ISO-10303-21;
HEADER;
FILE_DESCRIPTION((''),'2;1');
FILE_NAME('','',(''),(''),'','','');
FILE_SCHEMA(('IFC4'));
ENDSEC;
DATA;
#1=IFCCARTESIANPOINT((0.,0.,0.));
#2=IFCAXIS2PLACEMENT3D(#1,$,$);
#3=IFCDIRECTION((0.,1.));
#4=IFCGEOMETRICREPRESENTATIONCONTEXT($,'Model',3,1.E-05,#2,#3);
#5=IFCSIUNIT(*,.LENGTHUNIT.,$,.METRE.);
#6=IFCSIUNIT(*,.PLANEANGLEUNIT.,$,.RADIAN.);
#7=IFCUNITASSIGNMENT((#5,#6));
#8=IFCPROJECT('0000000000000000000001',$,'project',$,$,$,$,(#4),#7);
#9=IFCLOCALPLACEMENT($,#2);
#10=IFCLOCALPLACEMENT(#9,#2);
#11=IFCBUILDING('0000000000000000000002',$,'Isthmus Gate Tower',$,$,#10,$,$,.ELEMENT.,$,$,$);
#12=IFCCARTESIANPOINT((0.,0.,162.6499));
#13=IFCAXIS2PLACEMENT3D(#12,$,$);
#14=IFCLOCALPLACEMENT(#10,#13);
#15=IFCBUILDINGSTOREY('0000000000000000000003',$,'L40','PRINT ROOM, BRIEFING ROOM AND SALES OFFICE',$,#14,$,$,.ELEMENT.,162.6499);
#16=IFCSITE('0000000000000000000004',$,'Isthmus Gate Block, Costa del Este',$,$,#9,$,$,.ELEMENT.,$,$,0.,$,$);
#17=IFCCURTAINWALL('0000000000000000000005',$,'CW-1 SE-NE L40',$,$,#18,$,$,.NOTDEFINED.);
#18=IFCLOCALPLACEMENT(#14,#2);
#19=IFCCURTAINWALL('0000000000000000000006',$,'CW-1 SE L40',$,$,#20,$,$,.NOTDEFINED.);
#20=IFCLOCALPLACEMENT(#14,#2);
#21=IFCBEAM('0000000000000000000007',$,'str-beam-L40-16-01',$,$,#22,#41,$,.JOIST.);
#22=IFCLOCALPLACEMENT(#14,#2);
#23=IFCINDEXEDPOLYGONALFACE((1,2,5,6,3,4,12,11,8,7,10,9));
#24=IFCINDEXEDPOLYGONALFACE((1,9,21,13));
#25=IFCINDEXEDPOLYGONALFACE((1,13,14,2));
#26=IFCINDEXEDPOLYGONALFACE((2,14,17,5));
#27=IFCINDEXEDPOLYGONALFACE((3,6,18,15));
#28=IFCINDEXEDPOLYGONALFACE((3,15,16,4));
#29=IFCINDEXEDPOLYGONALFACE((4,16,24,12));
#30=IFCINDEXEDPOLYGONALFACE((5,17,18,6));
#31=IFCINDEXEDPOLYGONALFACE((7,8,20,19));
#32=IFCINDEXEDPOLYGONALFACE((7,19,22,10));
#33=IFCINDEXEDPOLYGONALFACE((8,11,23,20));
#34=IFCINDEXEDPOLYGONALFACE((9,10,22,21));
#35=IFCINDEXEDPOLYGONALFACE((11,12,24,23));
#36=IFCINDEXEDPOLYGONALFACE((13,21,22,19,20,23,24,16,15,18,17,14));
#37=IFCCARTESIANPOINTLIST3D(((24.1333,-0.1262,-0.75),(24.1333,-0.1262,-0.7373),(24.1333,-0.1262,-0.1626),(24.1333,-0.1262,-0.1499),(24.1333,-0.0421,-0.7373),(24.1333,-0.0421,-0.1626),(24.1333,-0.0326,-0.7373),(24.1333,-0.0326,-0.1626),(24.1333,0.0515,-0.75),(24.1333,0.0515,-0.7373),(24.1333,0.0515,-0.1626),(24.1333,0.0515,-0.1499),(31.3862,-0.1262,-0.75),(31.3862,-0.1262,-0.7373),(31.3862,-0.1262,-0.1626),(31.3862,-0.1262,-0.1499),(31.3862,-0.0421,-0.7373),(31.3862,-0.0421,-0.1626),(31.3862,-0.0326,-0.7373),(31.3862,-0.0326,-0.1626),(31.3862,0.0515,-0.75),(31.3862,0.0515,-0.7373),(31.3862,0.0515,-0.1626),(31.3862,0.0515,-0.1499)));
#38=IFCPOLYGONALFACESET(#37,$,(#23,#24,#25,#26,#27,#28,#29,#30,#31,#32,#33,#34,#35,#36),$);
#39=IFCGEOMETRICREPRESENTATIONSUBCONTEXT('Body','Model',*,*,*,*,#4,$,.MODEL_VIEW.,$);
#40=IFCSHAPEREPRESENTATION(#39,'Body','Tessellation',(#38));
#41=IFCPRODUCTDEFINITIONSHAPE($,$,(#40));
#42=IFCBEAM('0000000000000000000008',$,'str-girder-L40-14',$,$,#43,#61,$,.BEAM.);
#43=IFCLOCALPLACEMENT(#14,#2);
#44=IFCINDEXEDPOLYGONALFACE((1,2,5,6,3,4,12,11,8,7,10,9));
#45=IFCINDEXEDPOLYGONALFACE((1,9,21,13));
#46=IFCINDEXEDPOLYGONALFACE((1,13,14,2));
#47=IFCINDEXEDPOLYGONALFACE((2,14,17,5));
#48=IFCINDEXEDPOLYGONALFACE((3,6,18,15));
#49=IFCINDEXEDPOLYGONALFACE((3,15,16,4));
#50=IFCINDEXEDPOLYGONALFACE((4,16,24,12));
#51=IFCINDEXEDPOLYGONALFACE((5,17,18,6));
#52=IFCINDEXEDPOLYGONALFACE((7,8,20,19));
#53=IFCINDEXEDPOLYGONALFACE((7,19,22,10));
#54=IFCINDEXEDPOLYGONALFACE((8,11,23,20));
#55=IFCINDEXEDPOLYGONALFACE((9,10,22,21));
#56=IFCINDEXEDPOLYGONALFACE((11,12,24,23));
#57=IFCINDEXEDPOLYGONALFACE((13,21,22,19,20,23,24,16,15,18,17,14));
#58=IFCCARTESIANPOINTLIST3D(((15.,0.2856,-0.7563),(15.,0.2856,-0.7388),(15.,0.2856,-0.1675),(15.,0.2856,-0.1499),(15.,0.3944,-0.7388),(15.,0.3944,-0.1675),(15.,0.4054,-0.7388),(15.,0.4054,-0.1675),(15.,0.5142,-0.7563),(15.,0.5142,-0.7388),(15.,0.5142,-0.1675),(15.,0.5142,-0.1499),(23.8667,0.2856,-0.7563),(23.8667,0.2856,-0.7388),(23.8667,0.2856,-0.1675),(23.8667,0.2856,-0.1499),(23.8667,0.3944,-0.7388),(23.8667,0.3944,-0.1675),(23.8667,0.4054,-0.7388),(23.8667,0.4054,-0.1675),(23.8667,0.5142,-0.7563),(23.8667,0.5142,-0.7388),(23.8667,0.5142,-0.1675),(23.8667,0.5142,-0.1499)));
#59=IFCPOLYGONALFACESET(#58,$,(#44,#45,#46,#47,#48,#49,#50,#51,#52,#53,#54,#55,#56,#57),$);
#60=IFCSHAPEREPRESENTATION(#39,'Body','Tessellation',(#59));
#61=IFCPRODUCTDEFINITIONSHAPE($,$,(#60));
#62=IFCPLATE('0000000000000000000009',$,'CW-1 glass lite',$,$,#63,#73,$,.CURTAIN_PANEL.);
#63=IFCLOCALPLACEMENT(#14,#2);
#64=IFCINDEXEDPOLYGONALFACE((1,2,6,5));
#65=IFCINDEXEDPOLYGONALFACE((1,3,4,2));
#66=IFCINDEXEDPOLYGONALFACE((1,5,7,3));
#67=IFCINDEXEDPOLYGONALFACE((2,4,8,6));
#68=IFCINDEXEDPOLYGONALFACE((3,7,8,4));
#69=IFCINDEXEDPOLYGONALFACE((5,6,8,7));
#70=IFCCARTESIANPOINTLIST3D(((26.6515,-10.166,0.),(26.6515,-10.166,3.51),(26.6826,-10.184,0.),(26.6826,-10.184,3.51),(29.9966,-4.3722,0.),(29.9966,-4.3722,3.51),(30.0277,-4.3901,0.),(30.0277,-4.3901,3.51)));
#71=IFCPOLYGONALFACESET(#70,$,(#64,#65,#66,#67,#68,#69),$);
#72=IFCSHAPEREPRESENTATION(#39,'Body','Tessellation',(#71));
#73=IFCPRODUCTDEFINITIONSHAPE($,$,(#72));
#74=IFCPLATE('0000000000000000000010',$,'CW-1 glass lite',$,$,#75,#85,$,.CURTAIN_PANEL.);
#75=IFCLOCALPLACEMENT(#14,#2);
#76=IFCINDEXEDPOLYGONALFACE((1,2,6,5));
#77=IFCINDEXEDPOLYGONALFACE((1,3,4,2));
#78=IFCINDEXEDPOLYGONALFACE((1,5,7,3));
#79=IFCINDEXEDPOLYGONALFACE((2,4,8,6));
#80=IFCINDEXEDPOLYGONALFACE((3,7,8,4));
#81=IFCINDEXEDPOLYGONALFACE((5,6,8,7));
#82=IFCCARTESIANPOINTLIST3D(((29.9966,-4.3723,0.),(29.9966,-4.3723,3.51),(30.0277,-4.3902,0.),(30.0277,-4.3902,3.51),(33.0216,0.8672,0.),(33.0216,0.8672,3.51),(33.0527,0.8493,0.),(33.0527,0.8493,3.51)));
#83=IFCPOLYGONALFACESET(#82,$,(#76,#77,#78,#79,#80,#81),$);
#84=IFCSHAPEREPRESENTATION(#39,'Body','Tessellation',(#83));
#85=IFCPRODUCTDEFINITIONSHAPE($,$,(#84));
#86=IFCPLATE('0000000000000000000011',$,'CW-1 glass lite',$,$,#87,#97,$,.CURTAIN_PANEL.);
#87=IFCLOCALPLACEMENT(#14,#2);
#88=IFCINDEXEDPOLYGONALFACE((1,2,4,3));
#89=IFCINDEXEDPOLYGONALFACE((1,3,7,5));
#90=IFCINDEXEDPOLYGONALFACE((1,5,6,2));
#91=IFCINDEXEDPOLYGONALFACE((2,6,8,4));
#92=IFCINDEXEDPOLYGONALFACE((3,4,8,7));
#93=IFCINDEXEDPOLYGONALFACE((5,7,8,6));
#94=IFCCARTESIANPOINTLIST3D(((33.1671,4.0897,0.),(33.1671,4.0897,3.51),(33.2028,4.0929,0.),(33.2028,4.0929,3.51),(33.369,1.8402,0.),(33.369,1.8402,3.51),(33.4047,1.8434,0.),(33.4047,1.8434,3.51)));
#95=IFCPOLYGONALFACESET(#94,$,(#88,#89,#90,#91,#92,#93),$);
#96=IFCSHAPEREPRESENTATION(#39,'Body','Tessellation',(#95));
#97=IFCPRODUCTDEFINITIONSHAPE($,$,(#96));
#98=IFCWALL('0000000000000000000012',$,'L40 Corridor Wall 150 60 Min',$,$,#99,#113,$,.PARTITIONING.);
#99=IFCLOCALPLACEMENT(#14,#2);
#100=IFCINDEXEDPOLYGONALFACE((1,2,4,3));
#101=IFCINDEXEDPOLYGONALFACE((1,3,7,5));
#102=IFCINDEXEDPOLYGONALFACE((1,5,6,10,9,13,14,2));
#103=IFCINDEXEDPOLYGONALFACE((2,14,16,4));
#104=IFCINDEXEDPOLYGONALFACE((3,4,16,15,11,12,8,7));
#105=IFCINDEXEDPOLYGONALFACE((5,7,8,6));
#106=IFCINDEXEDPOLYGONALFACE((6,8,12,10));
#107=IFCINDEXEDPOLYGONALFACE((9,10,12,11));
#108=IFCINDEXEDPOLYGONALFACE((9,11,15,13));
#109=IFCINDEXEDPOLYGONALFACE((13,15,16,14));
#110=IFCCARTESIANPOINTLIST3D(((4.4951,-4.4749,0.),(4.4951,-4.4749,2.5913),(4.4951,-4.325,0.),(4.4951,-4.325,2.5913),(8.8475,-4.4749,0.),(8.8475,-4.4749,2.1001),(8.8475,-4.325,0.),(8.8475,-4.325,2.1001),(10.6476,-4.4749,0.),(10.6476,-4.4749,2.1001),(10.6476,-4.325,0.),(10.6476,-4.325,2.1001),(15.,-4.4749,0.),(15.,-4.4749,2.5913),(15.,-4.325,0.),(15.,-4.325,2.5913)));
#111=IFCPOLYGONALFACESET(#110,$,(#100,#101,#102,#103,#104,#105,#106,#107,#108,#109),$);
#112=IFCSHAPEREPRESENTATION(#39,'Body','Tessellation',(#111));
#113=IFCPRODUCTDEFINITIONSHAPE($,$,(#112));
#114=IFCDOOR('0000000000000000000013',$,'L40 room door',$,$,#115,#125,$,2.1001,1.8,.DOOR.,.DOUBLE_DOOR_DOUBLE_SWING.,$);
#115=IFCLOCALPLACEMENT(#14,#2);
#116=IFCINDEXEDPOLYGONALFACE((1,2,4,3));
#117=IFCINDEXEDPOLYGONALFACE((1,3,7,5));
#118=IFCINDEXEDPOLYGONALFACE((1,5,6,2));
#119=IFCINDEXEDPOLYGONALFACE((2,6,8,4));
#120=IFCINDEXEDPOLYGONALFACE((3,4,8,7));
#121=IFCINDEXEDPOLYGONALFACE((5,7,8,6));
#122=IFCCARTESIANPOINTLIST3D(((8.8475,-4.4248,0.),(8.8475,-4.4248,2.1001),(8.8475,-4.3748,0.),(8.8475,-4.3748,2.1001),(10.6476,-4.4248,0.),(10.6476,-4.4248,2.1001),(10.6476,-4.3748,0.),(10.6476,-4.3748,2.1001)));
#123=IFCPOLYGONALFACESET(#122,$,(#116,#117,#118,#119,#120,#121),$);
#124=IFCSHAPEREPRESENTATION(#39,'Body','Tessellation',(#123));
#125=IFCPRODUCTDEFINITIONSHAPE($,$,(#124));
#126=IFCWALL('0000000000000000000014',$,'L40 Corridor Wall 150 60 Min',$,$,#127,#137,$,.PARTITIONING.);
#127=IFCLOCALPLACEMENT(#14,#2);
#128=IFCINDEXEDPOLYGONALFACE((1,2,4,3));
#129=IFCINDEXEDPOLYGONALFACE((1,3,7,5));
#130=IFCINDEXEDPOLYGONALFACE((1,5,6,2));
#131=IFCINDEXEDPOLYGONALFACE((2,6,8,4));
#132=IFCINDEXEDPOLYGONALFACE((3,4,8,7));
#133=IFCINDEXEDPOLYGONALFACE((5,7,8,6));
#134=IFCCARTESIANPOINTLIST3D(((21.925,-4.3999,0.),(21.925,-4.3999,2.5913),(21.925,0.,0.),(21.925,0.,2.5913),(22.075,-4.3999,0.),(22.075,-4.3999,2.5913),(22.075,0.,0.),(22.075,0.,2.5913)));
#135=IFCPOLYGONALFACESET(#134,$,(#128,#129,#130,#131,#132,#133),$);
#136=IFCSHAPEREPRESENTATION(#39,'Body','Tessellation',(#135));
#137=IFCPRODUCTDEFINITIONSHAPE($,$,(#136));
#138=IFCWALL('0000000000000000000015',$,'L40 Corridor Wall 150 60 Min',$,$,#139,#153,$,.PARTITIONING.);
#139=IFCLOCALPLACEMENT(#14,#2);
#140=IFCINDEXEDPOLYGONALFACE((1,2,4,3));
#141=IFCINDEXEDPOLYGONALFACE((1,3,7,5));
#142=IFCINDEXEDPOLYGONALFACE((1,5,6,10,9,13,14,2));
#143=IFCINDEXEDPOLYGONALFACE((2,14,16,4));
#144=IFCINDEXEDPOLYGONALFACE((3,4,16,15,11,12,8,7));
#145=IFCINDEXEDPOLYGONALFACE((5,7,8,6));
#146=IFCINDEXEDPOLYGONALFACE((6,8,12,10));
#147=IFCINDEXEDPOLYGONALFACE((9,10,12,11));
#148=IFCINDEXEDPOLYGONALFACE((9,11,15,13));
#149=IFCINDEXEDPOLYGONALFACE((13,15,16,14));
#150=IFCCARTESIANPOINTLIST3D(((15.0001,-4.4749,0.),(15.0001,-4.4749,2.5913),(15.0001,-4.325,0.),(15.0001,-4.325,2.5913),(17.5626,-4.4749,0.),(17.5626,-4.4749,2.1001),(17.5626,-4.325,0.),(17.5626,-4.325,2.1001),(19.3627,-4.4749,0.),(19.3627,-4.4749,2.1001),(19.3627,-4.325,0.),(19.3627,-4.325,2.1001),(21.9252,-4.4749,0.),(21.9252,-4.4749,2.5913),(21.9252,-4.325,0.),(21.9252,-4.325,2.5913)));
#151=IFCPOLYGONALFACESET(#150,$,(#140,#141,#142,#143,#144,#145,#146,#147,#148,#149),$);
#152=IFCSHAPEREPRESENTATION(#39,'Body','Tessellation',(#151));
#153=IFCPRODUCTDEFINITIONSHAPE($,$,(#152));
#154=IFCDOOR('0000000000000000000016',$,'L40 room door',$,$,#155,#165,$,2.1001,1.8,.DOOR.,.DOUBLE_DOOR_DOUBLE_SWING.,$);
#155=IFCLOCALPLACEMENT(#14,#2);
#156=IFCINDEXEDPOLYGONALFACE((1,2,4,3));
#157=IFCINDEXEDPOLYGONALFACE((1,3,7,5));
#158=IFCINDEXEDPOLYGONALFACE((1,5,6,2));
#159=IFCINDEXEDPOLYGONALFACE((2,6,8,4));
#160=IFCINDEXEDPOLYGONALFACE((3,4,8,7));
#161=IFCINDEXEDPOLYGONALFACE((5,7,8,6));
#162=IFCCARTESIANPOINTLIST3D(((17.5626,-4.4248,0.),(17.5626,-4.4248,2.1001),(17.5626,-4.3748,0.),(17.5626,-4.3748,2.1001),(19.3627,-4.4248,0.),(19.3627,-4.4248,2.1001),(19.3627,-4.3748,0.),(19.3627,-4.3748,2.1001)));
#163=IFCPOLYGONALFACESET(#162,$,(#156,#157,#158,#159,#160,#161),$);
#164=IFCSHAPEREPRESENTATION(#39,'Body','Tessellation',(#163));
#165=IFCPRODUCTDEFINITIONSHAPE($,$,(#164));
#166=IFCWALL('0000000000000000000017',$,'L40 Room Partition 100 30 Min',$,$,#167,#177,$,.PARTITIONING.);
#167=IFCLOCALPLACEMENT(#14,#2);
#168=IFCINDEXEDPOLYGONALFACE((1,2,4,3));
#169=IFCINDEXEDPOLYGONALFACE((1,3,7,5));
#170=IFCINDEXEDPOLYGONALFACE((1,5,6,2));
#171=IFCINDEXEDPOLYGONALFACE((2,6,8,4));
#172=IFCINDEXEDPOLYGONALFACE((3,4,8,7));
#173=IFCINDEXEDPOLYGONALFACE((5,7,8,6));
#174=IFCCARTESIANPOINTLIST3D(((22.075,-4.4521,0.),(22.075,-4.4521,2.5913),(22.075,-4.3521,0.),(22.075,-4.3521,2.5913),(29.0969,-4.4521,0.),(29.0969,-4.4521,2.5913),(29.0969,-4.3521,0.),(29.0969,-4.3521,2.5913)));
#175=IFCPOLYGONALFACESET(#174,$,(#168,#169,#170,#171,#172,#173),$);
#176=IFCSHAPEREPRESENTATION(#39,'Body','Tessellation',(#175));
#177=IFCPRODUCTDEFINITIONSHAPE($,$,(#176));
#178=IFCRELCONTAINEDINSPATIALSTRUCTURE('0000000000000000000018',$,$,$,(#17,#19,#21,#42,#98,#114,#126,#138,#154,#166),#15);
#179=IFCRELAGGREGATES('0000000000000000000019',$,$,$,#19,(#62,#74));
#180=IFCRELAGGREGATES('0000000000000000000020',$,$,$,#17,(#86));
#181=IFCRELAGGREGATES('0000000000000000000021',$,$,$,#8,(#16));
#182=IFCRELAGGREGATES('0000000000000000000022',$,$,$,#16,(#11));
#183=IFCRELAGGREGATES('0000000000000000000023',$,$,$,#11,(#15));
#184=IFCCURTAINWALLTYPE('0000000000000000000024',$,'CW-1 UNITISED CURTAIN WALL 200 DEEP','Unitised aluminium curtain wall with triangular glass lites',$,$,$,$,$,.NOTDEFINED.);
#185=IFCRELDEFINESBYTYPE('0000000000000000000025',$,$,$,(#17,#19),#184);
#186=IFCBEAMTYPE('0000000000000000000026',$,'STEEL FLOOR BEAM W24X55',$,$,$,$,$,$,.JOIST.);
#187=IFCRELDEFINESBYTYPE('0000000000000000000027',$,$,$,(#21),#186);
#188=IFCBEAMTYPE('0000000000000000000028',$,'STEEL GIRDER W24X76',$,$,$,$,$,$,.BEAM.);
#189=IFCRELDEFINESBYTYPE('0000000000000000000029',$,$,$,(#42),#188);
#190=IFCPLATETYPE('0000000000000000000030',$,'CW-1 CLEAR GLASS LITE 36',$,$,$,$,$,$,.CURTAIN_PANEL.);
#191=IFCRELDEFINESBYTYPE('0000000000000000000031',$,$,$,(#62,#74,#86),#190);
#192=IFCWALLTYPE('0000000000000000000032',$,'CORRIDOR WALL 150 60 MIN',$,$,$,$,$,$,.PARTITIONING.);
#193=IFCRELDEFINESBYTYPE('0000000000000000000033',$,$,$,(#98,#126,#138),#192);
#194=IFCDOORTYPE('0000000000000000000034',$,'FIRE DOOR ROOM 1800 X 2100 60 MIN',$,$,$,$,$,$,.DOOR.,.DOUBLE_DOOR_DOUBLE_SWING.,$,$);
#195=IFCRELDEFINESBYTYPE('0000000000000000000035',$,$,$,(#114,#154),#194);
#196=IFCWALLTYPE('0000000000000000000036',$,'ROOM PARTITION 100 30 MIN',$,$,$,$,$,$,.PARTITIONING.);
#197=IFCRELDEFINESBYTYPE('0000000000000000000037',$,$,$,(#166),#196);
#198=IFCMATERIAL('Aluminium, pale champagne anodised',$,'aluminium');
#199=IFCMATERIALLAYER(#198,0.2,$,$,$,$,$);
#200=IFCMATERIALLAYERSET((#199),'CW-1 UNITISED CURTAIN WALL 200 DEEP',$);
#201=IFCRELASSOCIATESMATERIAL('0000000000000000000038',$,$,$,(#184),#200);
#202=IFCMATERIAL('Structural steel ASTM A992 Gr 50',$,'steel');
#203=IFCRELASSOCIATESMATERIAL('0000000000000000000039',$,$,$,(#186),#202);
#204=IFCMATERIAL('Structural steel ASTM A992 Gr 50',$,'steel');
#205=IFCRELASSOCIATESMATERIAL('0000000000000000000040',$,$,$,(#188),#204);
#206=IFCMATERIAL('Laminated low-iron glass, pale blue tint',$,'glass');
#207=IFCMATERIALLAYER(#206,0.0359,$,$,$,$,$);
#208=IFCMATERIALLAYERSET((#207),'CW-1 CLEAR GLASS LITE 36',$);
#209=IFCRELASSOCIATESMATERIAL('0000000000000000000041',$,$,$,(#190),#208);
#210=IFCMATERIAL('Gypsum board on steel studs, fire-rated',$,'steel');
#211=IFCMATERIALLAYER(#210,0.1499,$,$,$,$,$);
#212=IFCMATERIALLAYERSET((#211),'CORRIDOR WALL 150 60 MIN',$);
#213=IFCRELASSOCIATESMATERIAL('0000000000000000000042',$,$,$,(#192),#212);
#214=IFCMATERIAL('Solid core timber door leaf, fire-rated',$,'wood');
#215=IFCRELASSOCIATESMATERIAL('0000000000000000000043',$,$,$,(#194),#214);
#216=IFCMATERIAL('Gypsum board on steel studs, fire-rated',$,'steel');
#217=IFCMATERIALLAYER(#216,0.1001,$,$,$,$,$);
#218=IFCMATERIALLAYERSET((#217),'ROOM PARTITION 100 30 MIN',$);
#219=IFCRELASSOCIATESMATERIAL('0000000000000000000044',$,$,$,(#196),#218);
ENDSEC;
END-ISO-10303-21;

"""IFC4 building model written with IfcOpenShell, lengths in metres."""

from ifc_helpers import new_model, si_unit, direction, frame, frame_2d, origin, origin_2d, place, context, subcontext, project, spatial, rectangle, i_section, extrude, material, layer, layer_set, material_profile, profile_set, type_object, element, fill, aggregate, save


model = new_model("IFC4")

# Units and contexts
model_context = context("Model", 3, precision=1e-05, world=origin(), true_north=direction((0.0, 1.0)))
body_context = subcontext(model_context, "Body", "Model", "MODEL_VIEW")
ifc_project = project(units=[si_unit("LENGTHUNIT", "METRE"), si_unit("PLANEANGLEUNIT", "RADIAN")], contexts=[model_context])

# Site, building, storey
site_placement = place(None, origin())
site = spatial("IfcSite", under=ifc_project, at=site_placement, Name="Isthmus Gate Block, Costa del Este", CompositionType="ELEMENT", RefElevation=0.0)
building_placement = place(site_placement, origin())
building = spatial("IfcBuilding", under=site, at=building_placement, Name="Isthmus Gate Tower", CompositionType="ELEMENT")
storey_placement = place(building_placement, frame((0.0, 0.0, 162.6499)))
storey = spatial("IfcBuildingStorey", under=building, at=storey_placement, Name="L40", Description="PRINT ROOM, BRIEFING ROOM AND SALES OFFICE", CompositionType="ELEMENT", Elevation=162.6499)

# Curtain walls
ifc_material_1 = material(Name="Aluminium, pale champagne anodised", Category="aluminium")
ifc_layer_1 = layer(ifc_material_1, 0.2)
ifc_layer_set_1 = layer_set([ifc_layer_1], Name="CW-1 UNITISED CURTAIN WALL 200 DEEP")
curtain_wall_type = type_object("IfcCurtainWallType", Name="CW-1 UNITISED CURTAIN WALL 200 DEEP", Description="Unitised aluminium curtain wall with triangular glass lites", PredefinedType="NOTDEFINED", material=ifc_layer_set_1)
curtain_wall_1_placement = place(storey_placement, origin())
curtain_wall_1 = element("IfcCurtainWall", 1, at=curtain_wall_1_placement, inside=storey, type_object=curtain_wall_type, Name="CW-1 SE-NE L40", PredefinedType="NOTDEFINED")
curtain_wall_2_placement = place(storey_placement, origin())
curtain_wall_2 = element("IfcCurtainWall", 2, at=curtain_wall_2_placement, inside=storey, type_object=curtain_wall_type, Name="CW-1 SE L40", PredefinedType="NOTDEFINED")

# Beams
ifc_material_2 = material(Name="Structural steel ASTM A992 Gr 50", Category="steel")
ifc_material_profile_1 = material_profile(ifc_material_2, i_section(OverallWidth=0.1777, OverallDepth=0.6001, WebThickness=0.0095, FlangeThickness=0.0127, at=origin_2d()), Name="W24X55")
ifc_profile_set_1 = profile_set([ifc_material_profile_1], Name="Structural steel ASTM A992 Gr 50")
beam_type_1 = type_object("IfcBeamType", Name="STEEL FLOOR BEAM W24X55", PredefinedType="JOIST", material=ifc_profile_set_1)
beam_1_placement = place(storey_placement, frame((24.1333, -0.0374, -0.45), z_axis=(1.0, 0.0, 0.0), x_axis=(0.0, 1.0, 0.0)))
element("IfcBeam", 3, at=beam_1_placement, inside=storey, type_object=beam_type_1, Name="str-beam-L40-16-01", PredefinedType="JOIST", context=body_context, shape_type="SweptSolid", body=[
    extrude(i_section(OverallWidth=0.1777, OverallDepth=0.6001, WebThickness=0.0095, FlangeThickness=0.0127, at=origin_2d()), origin(), (0.0, 0.0, 1.0), 7.2529),
])
ifc_material_3 = material(Name="Structural steel ASTM A992 Gr 50", Category="steel")
ifc_material_profile_2 = material_profile(ifc_material_3, i_section(OverallWidth=0.2285, OverallDepth=0.6064, WebThickness=0.011, FlangeThickness=0.0176, at=origin_2d()), Name="W24X76")
ifc_profile_set_2 = profile_set([ifc_material_profile_2], Name="Structural steel ASTM A992 Gr 50")
beam_type_2 = type_object("IfcBeamType", Name="STEEL GIRDER W24X76", PredefinedType="BEAM", material=ifc_profile_set_2)
beam_2_placement = place(storey_placement, frame((15.0, 0.3999, -0.4531), z_axis=(1.0, 0.0, 0.0), x_axis=(0.0, 1.0, 0.0)))
element("IfcBeam", 4, at=beam_2_placement, inside=storey, type_object=beam_type_2, Name="str-girder-L40-14", PredefinedType="BEAM", context=body_context, shape_type="SweptSolid", body=[
    extrude(i_section(OverallWidth=0.2285, OverallDepth=0.6064, WebThickness=0.011, FlangeThickness=0.0176, at=origin_2d()), origin(), (0.0, 0.0, 1.0), 8.8667),
])

# Plates
ifc_material_4 = material(Name="Laminated low-iron glass, pale blue tint", Category="glass")
ifc_layer_2 = layer(ifc_material_4, 0.0359)
ifc_layer_set_2 = layer_set([ifc_layer_2], Name="CW-1 CLEAR GLASS LITE 36")
plate_type = type_object("IfcPlateType", Name="CW-1 CLEAR GLASS LITE 36", PredefinedType="CURTAIN_PANEL", material=ifc_layer_set_2)
plate_1_placement = place(storey_placement, frame((28.3396, -7.2781, 0.0), z_axis=(0.0, 0.0, 1.0), x_axis=(0.5, 0.866025, 0.0)))
plate_1 = element("IfcPlate", 5, at=plate_1_placement, type_object=plate_type, Name="CW-1 glass lite", PredefinedType="CURTAIN_PANEL", context=body_context, shape_type="SweptSolid", body=[
    extrude(rectangle(XDim=6.6902, YDim=0.0359, at=origin_2d()), origin(), (0.0, 0.0, 1.0), 3.51),
])
plate_2_placement = place(storey_placement, frame((31.5247, -1.7615, 0.0), z_axis=(0.0, 0.0, 1.0), x_axis=(0.5, 0.866025, 0.0)))
plate_2 = element("IfcPlate", 6, at=plate_2_placement, type_object=plate_type, Name="CW-1 glass lite", PredefinedType="CURTAIN_PANEL", context=body_context, shape_type="SweptSolid", body=[
    extrude(rectangle(XDim=6.05, YDim=0.0359, at=origin_2d()), origin(), (0.0, 0.0, 1.0), 3.51),
])
aggregate(curtain_wall_2, [plate_1, plate_2])
plate_3_placement = place(storey_placement, frame((33.2859, 2.9666, 0.0), z_axis=(0.0, 0.0, 1.0), x_axis=(-0.089397, 0.995996, 0.0)))
plate_3 = element("IfcPlate", 7, at=plate_3_placement, type_object=plate_type, Name="CW-1 glass lite", PredefinedType="CURTAIN_PANEL", context=body_context, shape_type="SweptSolid", body=[
    extrude(rectangle(XDim=2.2585, YDim=0.0359, at=origin_2d()), origin(), (0.0, 0.0, 1.0), 3.51),
])
aggregate(curtain_wall_1, [plate_3])

# Wall, opening, door
ifc_material_5 = material(Name="Gypsum board on steel studs, fire-rated", Category="steel")
ifc_layer_3 = layer(ifc_material_5, 0.1499)
ifc_layer_set_3 = layer_set([ifc_layer_3], Name="CORRIDOR WALL 150 60 MIN")
wall_type_1 = type_object("IfcWallType", Name="CORRIDOR WALL 150 60 MIN", PredefinedType="PARTITIONING", material=ifc_layer_set_3)
wall_1_placement = place(storey_placement, frame((15.0, -4.3999, 0.0), z_axis=(0.0, 0.0, 1.0), x_axis=(-1.0, 0.0, 0.0)))
wall_1 = element("IfcWall", 8, at=wall_1_placement, inside=storey, type_object=wall_type_1, Name="L40 Corridor Wall 150 60 Min", PredefinedType="PARTITIONING", context=body_context, shape_type="SweptSolid", body=[
    extrude(rectangle(XDim=10.5049, YDim=0.1499, at=frame_2d((5.2524, 0.0))), origin(), (0.0, 0.0, 1.0), 2.5913),
])
opening_1_placement = place(wall_1_placement, frame((4.3525, 0.0, 0.0)))
opening_1 = element("IfcOpeningElement", 9, at=opening_1_placement, cuts=wall_1, PredefinedType="OPENING", context=body_context, shape_type="SweptSolid", body=[
    extrude(rectangle(XDim=1.8, YDim=2.1001, at=frame_2d((0.8999, 1.05))), frame((0.0, 0.085, 0.0), z_axis=(0.0, -1.0, 0.0), x_axis=(1.0, 0.0, 0.0)), (0.0, 0.0, 1.0), 0.1699),
])
ifc_material_6 = material(Name="Solid core timber door leaf, fire-rated", Category="wood")
door_type = type_object("IfcDoorType", Name="FIRE DOOR ROOM 1800 X 2100 60 MIN", OperationType="DOUBLE_DOOR_DOUBLE_SWING", PredefinedType="DOOR", material=ifc_material_6)
door_1_placement = place(opening_1_placement, origin())
door_1 = element("IfcDoor", 10, at=door_1_placement, inside=storey, type_object=door_type, Name="L40 room door", OperationType="DOUBLE_DOOR_DOUBLE_SWING", OverallHeight=2.1001, OverallWidth=1.8, PredefinedType="DOOR", context=body_context, shape_type="SweptSolid", body=[
    extrude(rectangle(XDim=1.8, YDim=2.1001, at=frame_2d((0.8999, 1.05))), frame((0.0, 0.0249, 0.0), z_axis=(0.0, -1.0, 0.0), x_axis=(1.0, 0.0, 0.0)), (0.0, 0.0, 1.0), 0.05),
])
fill(opening_1, door_1)

# Wall
wall_2_placement = place(storey_placement, frame((22.0, 0.0, 0.0), z_axis=(0.0, 0.0, 1.0), x_axis=(0.0, -1.0, 0.0)))
element("IfcWall", 11, at=wall_2_placement, inside=storey, type_object=wall_type_1, Name="L40 Corridor Wall 150 60 Min", PredefinedType="PARTITIONING", context=body_context, shape_type="SweptSolid", body=[
    extrude(rectangle(XDim=4.3999, YDim=0.1499, at=frame_2d((2.2, 0.0))), origin(), (0.0, 0.0, 1.0), 2.5913),
])

# Wall, opening, door
wall_3_placement = place(storey_placement, frame((21.925, -4.3999, 0.0), z_axis=(0.0, 0.0, 1.0), x_axis=(-1.0, 0.0, 0.0)))
wall_3 = element("IfcWall", 12, at=wall_3_placement, inside=storey, type_object=wall_type_1, Name="L40 Corridor Wall 150 60 Min", PredefinedType="PARTITIONING", context=body_context, shape_type="SweptSolid", body=[
    extrude(rectangle(XDim=6.925, YDim=0.1499, at=frame_2d((3.4624, 0.0))), origin(), (0.0, 0.0, 1.0), 2.5913),
])
opening_2_placement = place(wall_3_placement, frame((2.5625, 0.0, 0.0)))
opening_2 = element("IfcOpeningElement", 13, at=opening_2_placement, cuts=wall_3, PredefinedType="OPENING", context=body_context, shape_type="SweptSolid", body=[
    extrude(rectangle(XDim=1.8, YDim=2.1001, at=frame_2d((0.8999, 1.05))), frame((0.0, 0.085, 0.0), z_axis=(0.0, -1.0, 0.0), x_axis=(1.0, 0.0, 0.0)), (0.0, 0.0, 1.0), 0.1699),
])
door_2_placement = place(opening_2_placement, origin())
door_2 = element("IfcDoor", 14, at=door_2_placement, inside=storey, type_object=door_type, Name="L40 room door", OperationType="DOUBLE_DOOR_DOUBLE_SWING", OverallHeight=2.1001, OverallWidth=1.8, PredefinedType="DOOR", context=body_context, shape_type="SweptSolid", body=[
    extrude(rectangle(XDim=1.8, YDim=2.1001, at=frame_2d((0.8999, 1.05))), frame((0.0, 0.0249, 0.0), z_axis=(0.0, -1.0, 0.0), x_axis=(1.0, 0.0, 0.0)), (0.0, 0.0, 1.0), 0.05),
])
fill(opening_2, door_2)

# Wall
ifc_material_7 = material(Name="Gypsum board on steel studs, fire-rated", Category="steel")
ifc_layer_4 = layer(ifc_material_7, 0.1001)
ifc_layer_set_4 = layer_set([ifc_layer_4], Name="ROOM PARTITION 100 30 MIN")
wall_type_2 = type_object("IfcWallType", Name="ROOM PARTITION 100 30 MIN", PredefinedType="PARTITIONING", material=ifc_layer_set_4)
wall_4_placement = place(storey_placement, frame((22.075, -4.4021, 0.0), z_axis=(0.0, 0.0, 1.0), x_axis=(1.0, 0.0, 0.0)))
element("IfcWall", 15, at=wall_4_placement, inside=storey, type_object=wall_type_2, Name="L40 Room Partition 100 30 Min", PredefinedType="PARTITIONING", context=body_context, shape_type="SweptSolid", body=[
    extrude(rectangle(XDim=7.022, YDim=0.1001, at=frame_2d((3.511, 0.0))), origin(), (0.0, 0.0, 1.0), 2.5913),
])

save(model, "model.ifc")
